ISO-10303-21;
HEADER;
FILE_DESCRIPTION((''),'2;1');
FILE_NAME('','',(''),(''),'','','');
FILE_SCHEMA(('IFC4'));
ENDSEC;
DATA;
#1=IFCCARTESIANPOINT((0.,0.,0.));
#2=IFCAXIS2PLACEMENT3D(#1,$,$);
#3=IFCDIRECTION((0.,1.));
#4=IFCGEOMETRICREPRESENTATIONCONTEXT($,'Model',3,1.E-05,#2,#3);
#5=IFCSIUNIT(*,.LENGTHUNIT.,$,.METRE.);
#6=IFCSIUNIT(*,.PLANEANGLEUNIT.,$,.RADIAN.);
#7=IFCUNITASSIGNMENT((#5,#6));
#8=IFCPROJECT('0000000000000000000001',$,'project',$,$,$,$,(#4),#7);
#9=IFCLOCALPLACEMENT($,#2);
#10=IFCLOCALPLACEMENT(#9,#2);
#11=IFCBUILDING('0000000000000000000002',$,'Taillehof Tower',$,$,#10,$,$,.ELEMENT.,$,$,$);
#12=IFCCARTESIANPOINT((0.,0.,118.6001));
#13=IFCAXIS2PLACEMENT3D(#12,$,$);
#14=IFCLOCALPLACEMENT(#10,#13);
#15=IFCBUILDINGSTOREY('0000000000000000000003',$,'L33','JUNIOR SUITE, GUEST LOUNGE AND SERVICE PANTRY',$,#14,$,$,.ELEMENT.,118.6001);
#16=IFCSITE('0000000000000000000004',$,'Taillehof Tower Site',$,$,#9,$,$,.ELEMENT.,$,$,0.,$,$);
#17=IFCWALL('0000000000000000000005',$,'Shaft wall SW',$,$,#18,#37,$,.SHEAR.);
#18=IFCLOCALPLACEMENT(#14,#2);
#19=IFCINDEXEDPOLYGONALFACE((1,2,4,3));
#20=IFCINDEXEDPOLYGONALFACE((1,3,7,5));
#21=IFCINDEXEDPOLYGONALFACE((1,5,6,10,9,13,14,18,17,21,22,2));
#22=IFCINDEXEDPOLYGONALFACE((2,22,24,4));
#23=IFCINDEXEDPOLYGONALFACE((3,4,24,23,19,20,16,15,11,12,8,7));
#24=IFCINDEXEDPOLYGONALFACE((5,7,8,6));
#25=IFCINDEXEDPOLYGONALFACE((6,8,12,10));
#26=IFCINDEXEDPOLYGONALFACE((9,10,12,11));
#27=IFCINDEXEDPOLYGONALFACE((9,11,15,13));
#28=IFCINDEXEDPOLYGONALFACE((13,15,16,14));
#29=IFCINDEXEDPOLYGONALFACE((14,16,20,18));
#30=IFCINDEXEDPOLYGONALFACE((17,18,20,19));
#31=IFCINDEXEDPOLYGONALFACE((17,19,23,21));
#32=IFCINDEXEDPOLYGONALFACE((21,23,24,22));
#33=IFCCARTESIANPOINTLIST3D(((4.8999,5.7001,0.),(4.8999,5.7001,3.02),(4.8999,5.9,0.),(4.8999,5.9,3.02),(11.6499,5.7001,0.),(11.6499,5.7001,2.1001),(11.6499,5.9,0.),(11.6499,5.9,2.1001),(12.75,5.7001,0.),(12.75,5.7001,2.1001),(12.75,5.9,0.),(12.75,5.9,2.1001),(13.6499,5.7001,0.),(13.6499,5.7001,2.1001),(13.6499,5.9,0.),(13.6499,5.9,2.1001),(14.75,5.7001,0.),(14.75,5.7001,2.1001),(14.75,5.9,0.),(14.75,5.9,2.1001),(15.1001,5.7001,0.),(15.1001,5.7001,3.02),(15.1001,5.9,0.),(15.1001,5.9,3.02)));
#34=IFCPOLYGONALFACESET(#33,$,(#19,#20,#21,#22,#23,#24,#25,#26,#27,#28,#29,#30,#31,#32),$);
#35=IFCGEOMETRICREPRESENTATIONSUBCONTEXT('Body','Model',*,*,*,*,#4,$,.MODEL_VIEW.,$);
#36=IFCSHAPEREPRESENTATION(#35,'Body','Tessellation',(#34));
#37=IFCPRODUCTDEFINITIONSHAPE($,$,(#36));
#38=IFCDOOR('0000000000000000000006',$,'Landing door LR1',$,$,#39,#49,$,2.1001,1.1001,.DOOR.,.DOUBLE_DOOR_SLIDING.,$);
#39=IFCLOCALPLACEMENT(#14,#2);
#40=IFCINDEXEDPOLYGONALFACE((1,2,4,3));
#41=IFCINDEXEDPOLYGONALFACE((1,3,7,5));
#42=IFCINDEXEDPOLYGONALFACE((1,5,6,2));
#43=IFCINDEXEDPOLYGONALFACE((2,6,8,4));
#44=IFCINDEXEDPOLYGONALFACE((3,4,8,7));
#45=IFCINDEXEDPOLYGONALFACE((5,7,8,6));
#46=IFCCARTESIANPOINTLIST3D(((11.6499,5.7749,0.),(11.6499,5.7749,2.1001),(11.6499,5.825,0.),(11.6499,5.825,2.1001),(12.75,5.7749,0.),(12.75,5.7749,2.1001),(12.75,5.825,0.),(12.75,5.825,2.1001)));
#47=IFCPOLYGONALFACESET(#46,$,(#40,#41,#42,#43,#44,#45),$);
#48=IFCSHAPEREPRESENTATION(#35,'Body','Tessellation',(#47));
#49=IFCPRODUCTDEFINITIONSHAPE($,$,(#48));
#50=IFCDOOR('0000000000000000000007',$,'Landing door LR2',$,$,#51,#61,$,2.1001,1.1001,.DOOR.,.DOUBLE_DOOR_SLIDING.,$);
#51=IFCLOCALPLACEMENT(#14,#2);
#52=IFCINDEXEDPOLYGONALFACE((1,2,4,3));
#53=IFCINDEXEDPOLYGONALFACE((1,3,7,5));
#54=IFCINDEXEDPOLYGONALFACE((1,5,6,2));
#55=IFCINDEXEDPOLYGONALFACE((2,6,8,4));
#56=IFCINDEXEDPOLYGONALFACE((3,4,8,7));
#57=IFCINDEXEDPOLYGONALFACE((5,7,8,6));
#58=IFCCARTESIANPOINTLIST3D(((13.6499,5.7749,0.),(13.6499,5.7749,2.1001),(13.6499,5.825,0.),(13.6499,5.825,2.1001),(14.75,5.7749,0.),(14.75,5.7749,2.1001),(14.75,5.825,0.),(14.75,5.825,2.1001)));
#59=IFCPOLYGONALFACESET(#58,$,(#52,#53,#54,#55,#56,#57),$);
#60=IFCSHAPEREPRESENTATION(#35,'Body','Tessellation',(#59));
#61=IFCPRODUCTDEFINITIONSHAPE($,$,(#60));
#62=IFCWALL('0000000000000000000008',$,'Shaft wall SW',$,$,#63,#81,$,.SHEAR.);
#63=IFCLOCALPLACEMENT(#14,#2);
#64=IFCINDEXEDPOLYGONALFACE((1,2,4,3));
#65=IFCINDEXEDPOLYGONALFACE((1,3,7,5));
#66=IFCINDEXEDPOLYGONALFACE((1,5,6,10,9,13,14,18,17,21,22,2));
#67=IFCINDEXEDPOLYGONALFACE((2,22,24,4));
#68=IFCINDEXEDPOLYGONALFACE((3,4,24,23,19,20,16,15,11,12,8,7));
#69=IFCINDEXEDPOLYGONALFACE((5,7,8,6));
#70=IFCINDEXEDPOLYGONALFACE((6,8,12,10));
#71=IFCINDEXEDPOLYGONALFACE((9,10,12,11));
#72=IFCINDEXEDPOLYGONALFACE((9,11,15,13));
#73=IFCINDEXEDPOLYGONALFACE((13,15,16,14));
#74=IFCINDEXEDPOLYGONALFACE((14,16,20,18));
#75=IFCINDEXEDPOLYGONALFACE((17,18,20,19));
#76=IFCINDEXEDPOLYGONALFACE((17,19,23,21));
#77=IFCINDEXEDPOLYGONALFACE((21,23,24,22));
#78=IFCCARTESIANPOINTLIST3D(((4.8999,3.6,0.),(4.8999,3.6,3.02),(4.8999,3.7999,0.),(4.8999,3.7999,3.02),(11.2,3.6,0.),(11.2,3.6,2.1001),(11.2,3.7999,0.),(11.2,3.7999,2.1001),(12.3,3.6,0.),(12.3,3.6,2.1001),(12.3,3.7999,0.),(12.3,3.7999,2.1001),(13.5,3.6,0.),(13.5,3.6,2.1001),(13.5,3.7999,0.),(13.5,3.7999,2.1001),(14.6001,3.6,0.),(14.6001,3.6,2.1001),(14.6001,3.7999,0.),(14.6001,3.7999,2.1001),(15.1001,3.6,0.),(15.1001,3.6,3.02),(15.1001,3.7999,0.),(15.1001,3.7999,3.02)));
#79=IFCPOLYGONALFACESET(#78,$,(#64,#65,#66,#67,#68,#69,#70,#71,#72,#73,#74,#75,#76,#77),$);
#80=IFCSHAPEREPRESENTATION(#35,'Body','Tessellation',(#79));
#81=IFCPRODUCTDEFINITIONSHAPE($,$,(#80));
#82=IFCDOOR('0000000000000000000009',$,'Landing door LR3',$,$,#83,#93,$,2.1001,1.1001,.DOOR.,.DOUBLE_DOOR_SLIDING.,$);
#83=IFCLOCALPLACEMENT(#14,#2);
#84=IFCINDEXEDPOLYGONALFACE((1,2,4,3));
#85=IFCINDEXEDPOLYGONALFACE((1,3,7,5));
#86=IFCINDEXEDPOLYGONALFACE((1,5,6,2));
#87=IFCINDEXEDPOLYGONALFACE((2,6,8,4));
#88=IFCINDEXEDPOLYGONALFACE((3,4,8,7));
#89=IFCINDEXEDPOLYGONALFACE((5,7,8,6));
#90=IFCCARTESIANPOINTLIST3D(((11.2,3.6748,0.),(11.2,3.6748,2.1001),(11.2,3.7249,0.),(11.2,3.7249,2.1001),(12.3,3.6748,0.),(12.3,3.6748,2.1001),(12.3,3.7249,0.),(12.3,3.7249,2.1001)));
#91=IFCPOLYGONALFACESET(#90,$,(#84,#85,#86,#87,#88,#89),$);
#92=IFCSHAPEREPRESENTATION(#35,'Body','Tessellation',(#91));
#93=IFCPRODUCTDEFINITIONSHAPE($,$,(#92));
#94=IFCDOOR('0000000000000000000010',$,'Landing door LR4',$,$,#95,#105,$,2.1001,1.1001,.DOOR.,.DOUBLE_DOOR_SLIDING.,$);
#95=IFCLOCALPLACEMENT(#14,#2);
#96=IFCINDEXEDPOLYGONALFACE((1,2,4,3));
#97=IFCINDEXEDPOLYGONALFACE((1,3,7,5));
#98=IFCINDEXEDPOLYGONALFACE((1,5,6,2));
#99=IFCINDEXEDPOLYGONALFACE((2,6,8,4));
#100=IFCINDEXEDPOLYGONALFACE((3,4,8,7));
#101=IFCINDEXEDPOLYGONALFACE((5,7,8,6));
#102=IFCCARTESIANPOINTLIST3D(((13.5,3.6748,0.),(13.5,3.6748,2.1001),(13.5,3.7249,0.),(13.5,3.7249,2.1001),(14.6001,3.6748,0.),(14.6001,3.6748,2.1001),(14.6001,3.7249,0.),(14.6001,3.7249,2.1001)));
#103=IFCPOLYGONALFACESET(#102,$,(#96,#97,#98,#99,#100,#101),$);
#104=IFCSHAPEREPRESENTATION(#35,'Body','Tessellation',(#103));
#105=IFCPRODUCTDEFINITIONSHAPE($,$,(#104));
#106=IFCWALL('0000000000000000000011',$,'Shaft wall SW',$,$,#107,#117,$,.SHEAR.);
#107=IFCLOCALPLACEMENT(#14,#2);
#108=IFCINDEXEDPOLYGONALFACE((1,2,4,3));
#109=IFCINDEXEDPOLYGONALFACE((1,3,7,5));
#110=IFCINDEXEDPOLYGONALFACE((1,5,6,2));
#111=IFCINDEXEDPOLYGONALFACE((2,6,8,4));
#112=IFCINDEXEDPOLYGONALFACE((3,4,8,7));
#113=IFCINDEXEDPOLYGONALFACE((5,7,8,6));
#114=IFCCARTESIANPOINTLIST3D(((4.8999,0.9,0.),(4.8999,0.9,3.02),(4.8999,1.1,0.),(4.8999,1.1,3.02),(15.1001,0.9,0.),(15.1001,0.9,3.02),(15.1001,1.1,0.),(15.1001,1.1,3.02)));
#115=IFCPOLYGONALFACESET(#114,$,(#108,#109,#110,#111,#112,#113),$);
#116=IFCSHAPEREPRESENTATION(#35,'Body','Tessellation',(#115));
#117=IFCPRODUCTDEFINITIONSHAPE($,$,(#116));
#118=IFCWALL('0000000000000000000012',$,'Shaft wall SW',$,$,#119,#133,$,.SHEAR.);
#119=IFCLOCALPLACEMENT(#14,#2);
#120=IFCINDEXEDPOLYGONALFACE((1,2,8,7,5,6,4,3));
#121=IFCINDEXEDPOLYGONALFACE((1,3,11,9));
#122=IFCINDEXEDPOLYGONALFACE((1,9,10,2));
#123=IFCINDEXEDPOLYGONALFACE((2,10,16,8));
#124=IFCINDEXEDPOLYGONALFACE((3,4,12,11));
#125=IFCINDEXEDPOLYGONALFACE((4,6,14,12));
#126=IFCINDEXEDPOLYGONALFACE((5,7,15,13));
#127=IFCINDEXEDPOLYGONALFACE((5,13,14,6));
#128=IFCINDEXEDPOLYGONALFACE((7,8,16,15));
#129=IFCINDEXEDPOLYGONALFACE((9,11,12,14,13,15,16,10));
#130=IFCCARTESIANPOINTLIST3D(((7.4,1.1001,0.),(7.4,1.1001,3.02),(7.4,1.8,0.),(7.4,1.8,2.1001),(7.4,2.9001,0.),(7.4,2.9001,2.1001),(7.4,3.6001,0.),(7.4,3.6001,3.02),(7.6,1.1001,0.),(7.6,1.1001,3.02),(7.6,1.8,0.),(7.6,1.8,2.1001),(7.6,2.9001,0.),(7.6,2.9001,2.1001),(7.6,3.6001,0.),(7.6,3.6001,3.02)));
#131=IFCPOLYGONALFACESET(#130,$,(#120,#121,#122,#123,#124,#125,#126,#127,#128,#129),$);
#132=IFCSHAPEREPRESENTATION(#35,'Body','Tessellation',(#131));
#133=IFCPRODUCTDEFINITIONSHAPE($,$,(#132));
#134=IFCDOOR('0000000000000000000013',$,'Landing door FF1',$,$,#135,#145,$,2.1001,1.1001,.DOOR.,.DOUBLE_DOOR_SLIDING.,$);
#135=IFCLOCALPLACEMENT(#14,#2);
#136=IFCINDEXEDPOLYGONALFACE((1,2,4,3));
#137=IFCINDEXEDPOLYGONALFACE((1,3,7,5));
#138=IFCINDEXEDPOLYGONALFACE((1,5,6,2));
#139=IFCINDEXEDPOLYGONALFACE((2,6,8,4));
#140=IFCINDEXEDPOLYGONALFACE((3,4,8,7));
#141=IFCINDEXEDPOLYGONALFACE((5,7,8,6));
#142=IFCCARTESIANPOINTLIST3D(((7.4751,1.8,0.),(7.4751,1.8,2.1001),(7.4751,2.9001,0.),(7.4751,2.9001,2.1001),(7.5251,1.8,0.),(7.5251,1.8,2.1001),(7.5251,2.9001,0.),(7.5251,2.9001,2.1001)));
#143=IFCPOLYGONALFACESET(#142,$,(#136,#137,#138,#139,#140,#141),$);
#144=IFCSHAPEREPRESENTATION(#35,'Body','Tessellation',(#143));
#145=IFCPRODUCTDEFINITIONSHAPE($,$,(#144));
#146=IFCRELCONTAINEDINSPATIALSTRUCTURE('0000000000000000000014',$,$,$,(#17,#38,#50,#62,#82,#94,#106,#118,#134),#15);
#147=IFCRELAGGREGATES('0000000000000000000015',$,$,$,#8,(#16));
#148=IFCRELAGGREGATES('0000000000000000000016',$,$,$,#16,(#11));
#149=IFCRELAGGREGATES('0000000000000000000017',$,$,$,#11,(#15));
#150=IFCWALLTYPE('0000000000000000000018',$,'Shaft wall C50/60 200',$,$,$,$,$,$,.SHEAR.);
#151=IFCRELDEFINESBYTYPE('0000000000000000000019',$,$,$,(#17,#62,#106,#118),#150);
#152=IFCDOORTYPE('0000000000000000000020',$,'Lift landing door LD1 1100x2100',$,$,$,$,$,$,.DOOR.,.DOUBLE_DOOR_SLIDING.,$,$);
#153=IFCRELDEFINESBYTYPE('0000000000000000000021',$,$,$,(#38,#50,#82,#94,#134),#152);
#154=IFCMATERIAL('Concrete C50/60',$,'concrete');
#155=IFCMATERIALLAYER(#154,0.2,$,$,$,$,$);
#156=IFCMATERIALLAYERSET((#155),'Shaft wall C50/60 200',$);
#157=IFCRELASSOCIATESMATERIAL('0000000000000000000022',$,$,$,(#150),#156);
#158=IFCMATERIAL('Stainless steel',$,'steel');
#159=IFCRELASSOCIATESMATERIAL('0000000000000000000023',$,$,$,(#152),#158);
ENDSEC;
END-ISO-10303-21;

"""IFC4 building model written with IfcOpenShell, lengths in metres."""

from ifc_helpers import new_model, si_unit, direction, frame, frame_2d, origin, place, context, subcontext, project, spatial, rectangle, extrude, material, layer, layer_set, type_object, element, fill, save


model = new_model("IFC4")

# Units and contexts
model_context = context("Model", 3, precision=1e-05, world=origin(), true_north=direction((0.0, 1.0)))
body_context = subcontext(model_context, "Body", "Model", "MODEL_VIEW")
ifc_project = project(units=[si_unit("LENGTHUNIT", "METRE"), si_unit("PLANEANGLEUNIT", "RADIAN")], contexts=[model_context])

# Site, building, storey
site_placement = place(None, origin())
site = spatial("IfcSite", under=ifc_project, at=site_placement, Name="Taillehof Tower Site", CompositionType="ELEMENT", RefElevation=0.0)
building_placement = place(site_placement, origin())
building = spatial("IfcBuilding", under=site, at=building_placement, Name="Taillehof Tower", CompositionType="ELEMENT")
storey_placement = place(building_placement, frame((0.0, 0.0, 118.6001)))
storey = spatial("IfcBuildingStorey", under=building, at=storey_placement, Name="L33", Description="JUNIOR SUITE, GUEST LOUNGE AND SERVICE PANTRY", CompositionType="ELEMENT", Elevation=118.6001)

# Walls, openings, doors
ifc_material_1 = material(Name="Concrete C50/60", Category="concrete")
ifc_layer_1 = layer(ifc_material_1, 0.2)
ifc_layer_set_1 = layer_set([ifc_layer_1], Name="Shaft wall C50/60 200")
wall_type_1 = type_object("IfcWallType", Name="Shaft wall C50/60 200", PredefinedType="SHEAR", material=ifc_layer_set_1)
wall_1_placement = place(storey_placement, frame((4.8999, 5.8, 0.0), z_axis=(0.0, 0.0, 1.0), x_axis=(1.0, 0.0, 0.0)))
wall_1 = element("IfcWall", 1, at=wall_1_placement, inside=storey, type_object=wall_type_1, Name="Shaft wall SW", PredefinedType="SHEAR", context=body_context, shape_type="SweptSolid", body=[
    extrude(rectangle(XDim=10.2002, YDim=0.2, at=frame_2d((5.1001, 0.0))), origin(), (0.0, 0.0, 1.0), 3.02),
])
opening_1_placement = place(wall_1_placement, frame((6.75, 0.0, 0.0)))
opening_1 = element("IfcOpeningElement", 2, at=opening_1_placement, cuts=wall_1, PredefinedType="OPENING", context=body_context, shape_type="SweptSolid", body=[
    extrude(rectangle(XDim=1.1001, YDim=2.1001, at=frame_2d((0.55, 1.05))), frame((0.0, 0.1099, 0.0), z_axis=(0.0, -1.0, 0.0), x_axis=(1.0, 0.0, 0.0)), (0.0, 0.0, 1.0), 0.22),
])
opening_2_placement = place(wall_1_placement, frame((8.75, 0.0, 0.0)))
opening_2 = element("IfcOpeningElement", 3, at=opening_2_placement, cuts=wall_1, PredefinedType="OPENING", context=body_context, shape_type="SweptSolid", body=[
    extrude(rectangle(XDim=1.1001, YDim=2.1001, at=frame_2d((0.55, 1.05))), frame((0.0, 0.1099, 0.0), z_axis=(0.0, -1.0, 0.0), x_axis=(1.0, 0.0, 0.0)), (0.0, 0.0, 1.0), 0.22),
])
ifc_material_2 = material(Name="Stainless steel", Category="steel")
door_type_1 = type_object("IfcDoorType", Name="Lift landing door LD1 1100x2100", OperationType="DOUBLE_DOOR_SLIDING", PredefinedType="DOOR", material=ifc_material_2)
door_1_placement = place(opening_1_placement, origin())
door_1 = element("IfcDoor", 4, at=door_1_placement, inside=storey, type_object=door_type_1, Name="Landing door LR1", OperationType="DOUBLE_DOOR_SLIDING", OverallHeight=2.1001, OverallWidth=1.1001, PredefinedType="DOOR", context=body_context, shape_type="SweptSolid", body=[
    extrude(rectangle(XDim=1.1001, YDim=2.1001, at=frame_2d((0.55, 1.05))), frame((0.0, 0.0249, 0.0), z_axis=(0.0, -1.0, 0.0), x_axis=(1.0, 0.0, 0.0)), (0.0, 0.0, 1.0), 0.05),
])
fill(opening_1, door_1)
door_2_placement = place(opening_2_placement, origin())
door_2 = element("IfcDoor", 5, at=door_2_placement, inside=storey, type_object=door_type_1, Name="Landing door LR2", OperationType="DOUBLE_DOOR_SLIDING", OverallHeight=2.1001, OverallWidth=1.1001, PredefinedType="DOOR", context=body_context, shape_type="SweptSolid", body=[
    extrude(rectangle(XDim=1.1001, YDim=2.1001, at=frame_2d((0.55, 1.05))), frame((0.0, 0.0249, 0.0), z_axis=(0.0, -1.0, 0.0), x_axis=(1.0, 0.0, 0.0)), (0.0, 0.0, 1.0), 0.05),
])
fill(opening_2, door_2)
wall_2_placement = place(storey_placement, frame((4.8999, 3.7, 0.0), z_axis=(0.0, 0.0, 1.0), x_axis=(1.0, 0.0, 0.0)))
wall_2 = element("IfcWall", 6, at=wall_2_placement, inside=storey, type_object=wall_type_1, Name="Shaft wall SW", PredefinedType="SHEAR", context=body_context, shape_type="SweptSolid", body=[
    extrude(rectangle(XDim=10.2002, YDim=0.2, at=frame_2d((5.1001, 0.0))), origin(), (0.0, 0.0, 1.0), 3.02),
])
opening_3_placement = place(wall_2_placement, frame((6.3, 0.0, 0.0)))
opening_3 = element("IfcOpeningElement", 7, at=opening_3_placement, cuts=wall_2, PredefinedType="OPENING", context=body_context, shape_type="SweptSolid", body=[
    extrude(rectangle(XDim=1.1001, YDim=2.1001, at=frame_2d((0.55, 1.05))), frame((0.0, 0.1099, 0.0), z_axis=(0.0, -1.0, 0.0), x_axis=(1.0, 0.0, 0.0)), (0.0, 0.0, 1.0), 0.22),
])
opening_4_placement = place(wall_2_placement, frame((8.6001, 0.0, 0.0)))
opening_4 = element("IfcOpeningElement", 8, at=opening_4_placement, cuts=wall_2, PredefinedType="OPENING", context=body_context, shape_type="SweptSolid", body=[
    extrude(rectangle(XDim=1.1001, YDim=2.1001, at=frame_2d((0.55, 1.05))), frame((0.0, 0.1099, 0.0), z_axis=(0.0, -1.0, 0.0), x_axis=(1.0, 0.0, 0.0)), (0.0, 0.0, 1.0), 0.22),
])
door_3_placement = place(opening_3_placement, origin())
door_3 = element("IfcDoor", 9, at=door_3_placement, inside=storey, type_object=door_type_1, Name="Landing door LR3", OperationType="DOUBLE_DOOR_SLIDING", OverallHeight=2.1001, OverallWidth=1.1001, PredefinedType="DOOR", context=body_context, shape_type="SweptSolid", body=[
    extrude(rectangle(XDim=1.1001, YDim=2.1001, at=frame_2d((0.55, 1.05))), frame((0.0, 0.0249, 0.0), z_axis=(0.0, -1.0, 0.0), x_axis=(1.0, 0.0, 0.0)), (0.0, 0.0, 1.0), 0.05),
])
fill(opening_3, door_3)
door_4_placement = place(opening_4_placement, origin())
door_4 = element("IfcDoor", 10, at=door_4_placement, inside=storey, type_object=door_type_1, Name="Landing door LR4", OperationType="DOUBLE_DOOR_SLIDING", OverallHeight=2.1001, OverallWidth=1.1001, PredefinedType="DOOR", context=body_context, shape_type="SweptSolid", body=[
    extrude(rectangle(XDim=1.1001, YDim=2.1001, at=frame_2d((0.55, 1.05))), frame((0.0, 0.0249, 0.0), z_axis=(0.0, -1.0, 0.0), x_axis=(1.0, 0.0, 0.0)), (0.0, 0.0, 1.0), 0.05),
])
fill(opening_4, door_4)

# Wall
wall_3_placement = place(storey_placement, frame((4.8999, 1.0, 0.0), z_axis=(0.0, 0.0, 1.0), x_axis=(1.0, 0.0, 0.0)))
element("IfcWall", 11, at=wall_3_placement, inside=storey, type_object=wall_type_1, Name="Shaft wall SW", PredefinedType="SHEAR", context=body_context, shape_type="SweptSolid", body=[
    extrude(rectangle(XDim=10.2002, YDim=0.2, at=frame_2d((5.1001, 0.0))), origin(), (0.0, 0.0, 1.0), 3.02),
])

# Wall, opening, door
wall_4_placement = place(storey_placement, frame((7.5, 1.1001, 0.0), z_axis=(0.0, 0.0, 1.0), x_axis=(0.0, 1.0, 0.0)))
wall_4 = element("IfcWall", 12, at=wall_4_placement, inside=storey, type_object=wall_type_1, Name="Shaft wall SW", PredefinedType="SHEAR", context=body_context, shape_type="SweptSolid", body=[
    extrude(rectangle(XDim=2.5, YDim=0.2, at=frame_2d((1.25, 0.0))), origin(), (0.0, 0.0, 1.0), 3.02),
])
opening_5_placement = place(wall_4_placement, frame((0.7, 0.0, 0.0)))
opening_5 = element("IfcOpeningElement", 13, at=opening_5_placement, cuts=wall_4, PredefinedType="OPENING", context=body_context, shape_type="SweptSolid", body=[
    extrude(rectangle(XDim=1.1001, YDim=2.1001, at=frame_2d((0.55, 1.05))), frame((0.0, 0.1099, 0.0), z_axis=(0.0, -1.0, 0.0), x_axis=(1.0, 0.0, 0.0)), (0.0, 0.0, 1.0), 0.22),
])
door_5_placement = place(opening_5_placement, origin())
door_5 = element("IfcDoor", 14, at=door_5_placement, inside=storey, type_object=door_type_1, Name="Landing door FF1", OperationType="DOUBLE_DOOR_SLIDING", OverallHeight=2.1001, OverallWidth=1.1001, PredefinedType="DOOR", context=body_context, shape_type="SweptSolid", body=[
    extrude(rectangle(XDim=1.1001, YDim=2.1001, at=frame_2d((0.55, 1.05))), frame((0.0, 0.0249, 0.0), z_axis=(0.0, -1.0, 0.0), x_axis=(1.0, 0.0, 0.0)), (0.0, 0.0, 1.0), 0.05),
])
fill(opening_5, door_5)

save(model, "model.ifc")
